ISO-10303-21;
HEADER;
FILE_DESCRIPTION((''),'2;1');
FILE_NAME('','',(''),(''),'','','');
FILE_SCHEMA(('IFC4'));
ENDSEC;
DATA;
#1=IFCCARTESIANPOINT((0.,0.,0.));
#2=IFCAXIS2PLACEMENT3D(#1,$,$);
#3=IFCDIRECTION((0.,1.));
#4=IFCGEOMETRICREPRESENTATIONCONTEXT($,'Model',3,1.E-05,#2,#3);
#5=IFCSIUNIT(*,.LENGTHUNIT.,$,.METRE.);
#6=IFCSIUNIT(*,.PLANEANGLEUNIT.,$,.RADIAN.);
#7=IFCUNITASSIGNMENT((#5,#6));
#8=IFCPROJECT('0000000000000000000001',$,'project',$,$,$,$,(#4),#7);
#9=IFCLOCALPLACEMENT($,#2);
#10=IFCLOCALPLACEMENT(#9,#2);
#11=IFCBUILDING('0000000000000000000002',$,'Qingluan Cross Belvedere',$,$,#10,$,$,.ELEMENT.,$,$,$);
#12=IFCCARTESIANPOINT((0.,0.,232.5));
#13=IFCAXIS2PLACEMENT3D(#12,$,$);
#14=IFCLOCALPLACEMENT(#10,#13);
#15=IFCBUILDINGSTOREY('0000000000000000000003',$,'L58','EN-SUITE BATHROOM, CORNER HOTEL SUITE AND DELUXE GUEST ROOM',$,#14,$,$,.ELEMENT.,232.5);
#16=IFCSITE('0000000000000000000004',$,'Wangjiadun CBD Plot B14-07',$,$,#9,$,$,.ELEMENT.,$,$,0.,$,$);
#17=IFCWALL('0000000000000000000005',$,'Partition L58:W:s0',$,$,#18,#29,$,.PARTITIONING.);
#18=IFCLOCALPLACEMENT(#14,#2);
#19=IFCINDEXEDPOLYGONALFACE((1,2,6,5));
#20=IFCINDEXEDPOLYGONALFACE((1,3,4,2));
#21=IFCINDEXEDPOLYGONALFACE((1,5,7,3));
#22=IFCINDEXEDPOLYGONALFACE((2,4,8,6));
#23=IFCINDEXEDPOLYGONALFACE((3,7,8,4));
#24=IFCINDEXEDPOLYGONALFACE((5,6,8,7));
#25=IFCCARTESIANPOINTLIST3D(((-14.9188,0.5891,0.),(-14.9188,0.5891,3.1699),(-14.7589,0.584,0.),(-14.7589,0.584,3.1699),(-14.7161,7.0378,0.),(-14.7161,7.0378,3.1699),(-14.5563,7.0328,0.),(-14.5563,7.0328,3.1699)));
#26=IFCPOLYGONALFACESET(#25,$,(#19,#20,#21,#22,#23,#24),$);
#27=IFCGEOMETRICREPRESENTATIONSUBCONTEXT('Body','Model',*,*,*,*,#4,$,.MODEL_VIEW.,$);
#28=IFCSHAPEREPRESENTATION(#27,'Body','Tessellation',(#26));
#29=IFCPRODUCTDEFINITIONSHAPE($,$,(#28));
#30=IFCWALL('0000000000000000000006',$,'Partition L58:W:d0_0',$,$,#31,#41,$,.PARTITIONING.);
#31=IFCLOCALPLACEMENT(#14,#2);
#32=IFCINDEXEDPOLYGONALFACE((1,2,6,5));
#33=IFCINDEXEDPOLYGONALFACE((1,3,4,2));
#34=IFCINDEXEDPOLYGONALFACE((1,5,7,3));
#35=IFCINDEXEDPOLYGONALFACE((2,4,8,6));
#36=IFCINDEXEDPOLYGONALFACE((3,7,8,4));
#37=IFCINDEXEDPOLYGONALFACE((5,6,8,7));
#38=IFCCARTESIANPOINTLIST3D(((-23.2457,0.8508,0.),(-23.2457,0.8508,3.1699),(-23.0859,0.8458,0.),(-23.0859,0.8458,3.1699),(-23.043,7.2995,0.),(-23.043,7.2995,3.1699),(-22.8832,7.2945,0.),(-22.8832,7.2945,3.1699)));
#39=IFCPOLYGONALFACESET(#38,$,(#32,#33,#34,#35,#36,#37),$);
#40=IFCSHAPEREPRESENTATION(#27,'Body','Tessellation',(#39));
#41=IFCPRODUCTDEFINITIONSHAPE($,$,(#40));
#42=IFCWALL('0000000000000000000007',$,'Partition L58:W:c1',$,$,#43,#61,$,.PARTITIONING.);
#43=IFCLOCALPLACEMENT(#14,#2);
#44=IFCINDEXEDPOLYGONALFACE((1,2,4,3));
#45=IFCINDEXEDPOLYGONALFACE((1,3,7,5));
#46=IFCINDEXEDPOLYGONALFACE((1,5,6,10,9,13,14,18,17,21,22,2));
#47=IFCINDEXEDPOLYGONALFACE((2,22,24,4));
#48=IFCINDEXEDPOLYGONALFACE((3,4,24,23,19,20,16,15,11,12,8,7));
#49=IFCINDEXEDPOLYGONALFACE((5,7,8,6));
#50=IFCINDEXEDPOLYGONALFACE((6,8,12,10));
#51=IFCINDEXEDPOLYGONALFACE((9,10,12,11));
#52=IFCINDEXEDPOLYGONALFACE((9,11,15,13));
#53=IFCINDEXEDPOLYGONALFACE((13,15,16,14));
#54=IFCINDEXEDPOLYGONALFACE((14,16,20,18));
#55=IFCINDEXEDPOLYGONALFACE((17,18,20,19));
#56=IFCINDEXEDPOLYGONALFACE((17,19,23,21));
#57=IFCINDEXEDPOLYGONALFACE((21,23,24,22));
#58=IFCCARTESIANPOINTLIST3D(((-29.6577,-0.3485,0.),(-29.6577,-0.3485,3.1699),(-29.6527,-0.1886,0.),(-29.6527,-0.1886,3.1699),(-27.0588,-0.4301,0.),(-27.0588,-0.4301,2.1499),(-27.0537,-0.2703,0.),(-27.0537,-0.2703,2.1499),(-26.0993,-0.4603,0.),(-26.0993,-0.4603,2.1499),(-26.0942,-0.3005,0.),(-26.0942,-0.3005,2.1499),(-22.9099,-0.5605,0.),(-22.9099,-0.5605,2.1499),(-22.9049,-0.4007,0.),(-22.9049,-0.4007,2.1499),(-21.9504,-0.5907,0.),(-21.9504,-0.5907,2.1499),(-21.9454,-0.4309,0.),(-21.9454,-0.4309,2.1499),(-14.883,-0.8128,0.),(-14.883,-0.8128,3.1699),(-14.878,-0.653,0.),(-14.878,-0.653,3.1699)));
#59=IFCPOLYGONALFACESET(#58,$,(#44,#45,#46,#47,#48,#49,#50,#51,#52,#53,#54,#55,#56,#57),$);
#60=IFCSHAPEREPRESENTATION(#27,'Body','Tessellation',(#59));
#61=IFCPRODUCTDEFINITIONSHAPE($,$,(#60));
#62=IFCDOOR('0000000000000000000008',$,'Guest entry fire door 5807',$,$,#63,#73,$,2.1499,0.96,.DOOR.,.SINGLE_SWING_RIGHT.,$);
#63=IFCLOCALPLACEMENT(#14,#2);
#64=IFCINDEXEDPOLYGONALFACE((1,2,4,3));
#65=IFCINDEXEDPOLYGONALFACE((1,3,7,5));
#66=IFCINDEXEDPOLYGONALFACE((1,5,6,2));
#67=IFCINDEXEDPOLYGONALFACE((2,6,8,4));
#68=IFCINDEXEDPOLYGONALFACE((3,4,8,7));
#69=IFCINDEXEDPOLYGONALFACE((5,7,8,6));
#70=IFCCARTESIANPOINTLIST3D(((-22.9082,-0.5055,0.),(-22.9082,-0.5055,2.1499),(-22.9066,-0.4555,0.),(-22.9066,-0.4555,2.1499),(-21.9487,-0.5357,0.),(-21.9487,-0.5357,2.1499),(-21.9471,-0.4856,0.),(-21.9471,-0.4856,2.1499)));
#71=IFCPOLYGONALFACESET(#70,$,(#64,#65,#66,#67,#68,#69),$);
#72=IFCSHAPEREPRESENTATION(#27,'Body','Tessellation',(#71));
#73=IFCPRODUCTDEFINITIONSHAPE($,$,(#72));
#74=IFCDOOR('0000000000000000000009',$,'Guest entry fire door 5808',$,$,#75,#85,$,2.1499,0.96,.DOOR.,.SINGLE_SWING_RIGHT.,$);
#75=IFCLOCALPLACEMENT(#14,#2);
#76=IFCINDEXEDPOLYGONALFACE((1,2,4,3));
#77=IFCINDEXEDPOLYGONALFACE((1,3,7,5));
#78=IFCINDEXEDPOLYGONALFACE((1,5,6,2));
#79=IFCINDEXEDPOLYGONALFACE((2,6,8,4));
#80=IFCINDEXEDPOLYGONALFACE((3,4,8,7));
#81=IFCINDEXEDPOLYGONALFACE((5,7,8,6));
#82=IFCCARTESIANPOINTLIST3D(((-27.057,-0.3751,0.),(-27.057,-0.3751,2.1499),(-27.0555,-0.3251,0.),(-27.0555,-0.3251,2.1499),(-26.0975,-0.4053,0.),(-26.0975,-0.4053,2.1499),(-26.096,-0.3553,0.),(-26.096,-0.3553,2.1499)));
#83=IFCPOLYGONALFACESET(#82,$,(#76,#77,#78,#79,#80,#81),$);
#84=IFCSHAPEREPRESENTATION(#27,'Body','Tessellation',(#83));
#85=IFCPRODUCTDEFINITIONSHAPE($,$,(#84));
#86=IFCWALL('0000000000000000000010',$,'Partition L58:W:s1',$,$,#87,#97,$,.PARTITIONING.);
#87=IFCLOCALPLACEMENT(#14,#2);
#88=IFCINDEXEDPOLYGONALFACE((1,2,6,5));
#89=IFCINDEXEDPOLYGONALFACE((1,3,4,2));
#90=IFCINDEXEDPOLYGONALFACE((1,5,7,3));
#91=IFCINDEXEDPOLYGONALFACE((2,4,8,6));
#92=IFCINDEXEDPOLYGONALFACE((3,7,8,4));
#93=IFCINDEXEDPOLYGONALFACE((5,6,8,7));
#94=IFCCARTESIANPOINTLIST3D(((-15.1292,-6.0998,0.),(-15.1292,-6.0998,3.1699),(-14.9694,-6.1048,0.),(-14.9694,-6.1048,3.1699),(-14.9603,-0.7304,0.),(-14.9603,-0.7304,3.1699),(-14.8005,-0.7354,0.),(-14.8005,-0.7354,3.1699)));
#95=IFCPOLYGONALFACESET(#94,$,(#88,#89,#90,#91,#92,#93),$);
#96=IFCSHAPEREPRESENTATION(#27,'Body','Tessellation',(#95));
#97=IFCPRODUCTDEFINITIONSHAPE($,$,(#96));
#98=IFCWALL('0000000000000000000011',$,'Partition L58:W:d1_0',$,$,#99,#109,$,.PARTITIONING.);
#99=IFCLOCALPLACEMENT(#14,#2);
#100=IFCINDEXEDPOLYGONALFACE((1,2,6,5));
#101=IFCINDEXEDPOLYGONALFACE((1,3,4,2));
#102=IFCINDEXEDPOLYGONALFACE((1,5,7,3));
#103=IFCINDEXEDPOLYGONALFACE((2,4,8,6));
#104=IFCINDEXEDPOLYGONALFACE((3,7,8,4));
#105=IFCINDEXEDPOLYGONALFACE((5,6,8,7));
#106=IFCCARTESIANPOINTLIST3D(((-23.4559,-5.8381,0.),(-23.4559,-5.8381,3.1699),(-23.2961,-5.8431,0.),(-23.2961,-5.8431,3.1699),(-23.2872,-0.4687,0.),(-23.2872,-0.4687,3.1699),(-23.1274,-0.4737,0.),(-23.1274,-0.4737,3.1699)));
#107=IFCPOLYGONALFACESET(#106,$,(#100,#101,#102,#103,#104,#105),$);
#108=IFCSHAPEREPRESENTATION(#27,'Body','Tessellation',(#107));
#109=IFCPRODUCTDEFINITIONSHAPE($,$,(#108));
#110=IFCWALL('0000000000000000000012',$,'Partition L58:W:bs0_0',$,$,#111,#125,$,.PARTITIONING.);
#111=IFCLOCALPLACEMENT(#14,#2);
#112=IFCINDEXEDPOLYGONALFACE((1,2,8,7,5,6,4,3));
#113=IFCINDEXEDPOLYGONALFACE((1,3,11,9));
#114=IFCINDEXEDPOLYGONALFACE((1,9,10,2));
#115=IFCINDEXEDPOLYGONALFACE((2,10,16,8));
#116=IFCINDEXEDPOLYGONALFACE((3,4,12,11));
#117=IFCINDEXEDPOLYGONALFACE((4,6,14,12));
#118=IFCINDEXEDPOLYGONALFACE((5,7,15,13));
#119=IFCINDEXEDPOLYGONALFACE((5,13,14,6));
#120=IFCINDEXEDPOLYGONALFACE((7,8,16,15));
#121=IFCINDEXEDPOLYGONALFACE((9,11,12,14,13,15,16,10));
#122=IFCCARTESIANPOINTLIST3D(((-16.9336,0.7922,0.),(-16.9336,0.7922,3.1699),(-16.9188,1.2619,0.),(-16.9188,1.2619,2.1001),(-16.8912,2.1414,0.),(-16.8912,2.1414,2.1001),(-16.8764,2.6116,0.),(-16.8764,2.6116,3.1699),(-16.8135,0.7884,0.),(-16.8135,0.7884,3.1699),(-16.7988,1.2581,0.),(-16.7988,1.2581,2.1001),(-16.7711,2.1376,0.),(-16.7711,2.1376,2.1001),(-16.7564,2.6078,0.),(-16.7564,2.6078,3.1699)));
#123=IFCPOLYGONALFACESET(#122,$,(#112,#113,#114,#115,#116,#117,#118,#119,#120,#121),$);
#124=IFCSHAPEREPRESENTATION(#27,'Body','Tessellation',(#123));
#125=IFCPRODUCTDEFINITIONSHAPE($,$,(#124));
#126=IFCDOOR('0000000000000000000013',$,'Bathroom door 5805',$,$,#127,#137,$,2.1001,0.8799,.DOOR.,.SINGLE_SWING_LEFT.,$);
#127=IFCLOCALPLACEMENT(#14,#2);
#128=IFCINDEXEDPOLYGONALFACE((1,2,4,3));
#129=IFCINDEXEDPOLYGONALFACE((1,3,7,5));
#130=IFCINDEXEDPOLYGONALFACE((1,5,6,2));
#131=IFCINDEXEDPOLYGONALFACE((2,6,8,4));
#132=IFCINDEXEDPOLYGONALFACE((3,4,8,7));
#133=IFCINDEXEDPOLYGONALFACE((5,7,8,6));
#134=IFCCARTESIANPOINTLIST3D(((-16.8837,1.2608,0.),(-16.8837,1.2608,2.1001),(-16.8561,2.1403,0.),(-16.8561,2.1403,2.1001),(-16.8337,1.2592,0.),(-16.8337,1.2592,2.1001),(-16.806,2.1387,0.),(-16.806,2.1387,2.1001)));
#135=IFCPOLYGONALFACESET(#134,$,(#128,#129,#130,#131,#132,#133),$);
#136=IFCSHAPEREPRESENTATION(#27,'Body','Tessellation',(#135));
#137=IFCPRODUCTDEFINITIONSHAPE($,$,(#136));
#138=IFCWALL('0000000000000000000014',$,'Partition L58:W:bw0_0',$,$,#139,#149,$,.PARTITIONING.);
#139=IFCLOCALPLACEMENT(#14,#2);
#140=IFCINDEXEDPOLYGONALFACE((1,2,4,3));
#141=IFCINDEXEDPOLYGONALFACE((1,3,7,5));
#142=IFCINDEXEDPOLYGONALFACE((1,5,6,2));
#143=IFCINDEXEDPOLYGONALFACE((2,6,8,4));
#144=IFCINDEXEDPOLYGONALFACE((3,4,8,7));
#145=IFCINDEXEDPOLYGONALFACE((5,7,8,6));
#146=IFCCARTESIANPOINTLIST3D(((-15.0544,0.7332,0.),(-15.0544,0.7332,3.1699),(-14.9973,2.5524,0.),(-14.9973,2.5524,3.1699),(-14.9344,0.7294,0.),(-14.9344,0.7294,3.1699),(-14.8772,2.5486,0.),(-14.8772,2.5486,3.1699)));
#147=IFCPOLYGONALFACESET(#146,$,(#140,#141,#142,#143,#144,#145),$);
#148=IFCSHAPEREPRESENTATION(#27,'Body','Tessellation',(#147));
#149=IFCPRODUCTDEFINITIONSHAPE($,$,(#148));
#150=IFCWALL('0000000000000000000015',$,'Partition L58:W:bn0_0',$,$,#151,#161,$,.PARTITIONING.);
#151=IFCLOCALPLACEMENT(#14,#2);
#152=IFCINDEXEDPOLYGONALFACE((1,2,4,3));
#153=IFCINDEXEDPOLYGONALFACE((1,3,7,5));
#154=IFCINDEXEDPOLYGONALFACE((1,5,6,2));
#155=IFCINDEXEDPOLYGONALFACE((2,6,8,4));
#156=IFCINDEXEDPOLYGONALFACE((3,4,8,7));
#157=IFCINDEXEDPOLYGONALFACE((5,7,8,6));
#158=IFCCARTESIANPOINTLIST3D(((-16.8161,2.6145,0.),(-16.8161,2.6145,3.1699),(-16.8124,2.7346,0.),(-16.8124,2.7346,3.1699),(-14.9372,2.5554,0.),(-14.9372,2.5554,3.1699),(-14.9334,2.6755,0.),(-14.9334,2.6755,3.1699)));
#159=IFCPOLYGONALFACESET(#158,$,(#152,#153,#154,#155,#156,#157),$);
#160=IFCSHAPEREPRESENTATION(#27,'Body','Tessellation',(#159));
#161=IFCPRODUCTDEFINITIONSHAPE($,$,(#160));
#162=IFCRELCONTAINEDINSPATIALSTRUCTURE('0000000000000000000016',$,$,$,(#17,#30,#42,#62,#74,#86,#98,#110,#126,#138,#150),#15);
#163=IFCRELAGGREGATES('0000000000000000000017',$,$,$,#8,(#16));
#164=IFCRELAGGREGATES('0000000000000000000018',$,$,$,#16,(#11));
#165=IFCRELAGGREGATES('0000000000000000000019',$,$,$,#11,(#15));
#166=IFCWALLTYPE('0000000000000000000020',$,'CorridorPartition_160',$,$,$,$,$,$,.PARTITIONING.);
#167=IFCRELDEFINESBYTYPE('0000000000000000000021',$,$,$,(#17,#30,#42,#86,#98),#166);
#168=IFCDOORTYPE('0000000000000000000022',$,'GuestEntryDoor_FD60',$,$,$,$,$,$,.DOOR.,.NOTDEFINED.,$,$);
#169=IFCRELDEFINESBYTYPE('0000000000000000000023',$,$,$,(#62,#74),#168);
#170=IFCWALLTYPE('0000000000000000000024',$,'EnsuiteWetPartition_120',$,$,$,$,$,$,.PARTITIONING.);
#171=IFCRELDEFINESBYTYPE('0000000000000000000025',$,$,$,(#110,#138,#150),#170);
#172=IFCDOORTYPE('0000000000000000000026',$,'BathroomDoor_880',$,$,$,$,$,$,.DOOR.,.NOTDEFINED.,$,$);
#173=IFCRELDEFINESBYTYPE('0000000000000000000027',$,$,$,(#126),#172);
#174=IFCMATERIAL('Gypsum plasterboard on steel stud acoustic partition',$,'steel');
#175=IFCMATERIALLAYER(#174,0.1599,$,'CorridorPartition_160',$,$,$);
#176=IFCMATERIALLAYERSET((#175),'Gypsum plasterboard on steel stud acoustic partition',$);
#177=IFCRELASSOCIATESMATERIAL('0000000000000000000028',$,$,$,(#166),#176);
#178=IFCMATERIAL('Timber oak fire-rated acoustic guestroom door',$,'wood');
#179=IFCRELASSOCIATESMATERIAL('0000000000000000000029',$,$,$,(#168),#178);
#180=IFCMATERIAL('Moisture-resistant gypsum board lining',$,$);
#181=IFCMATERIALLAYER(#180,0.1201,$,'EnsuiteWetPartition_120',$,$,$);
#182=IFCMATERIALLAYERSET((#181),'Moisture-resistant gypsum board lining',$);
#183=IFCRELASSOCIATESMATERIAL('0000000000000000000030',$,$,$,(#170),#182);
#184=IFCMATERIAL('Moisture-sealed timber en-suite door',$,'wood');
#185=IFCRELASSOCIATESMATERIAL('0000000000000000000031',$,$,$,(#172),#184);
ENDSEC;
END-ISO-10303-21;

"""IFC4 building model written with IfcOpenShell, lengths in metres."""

from ifc_helpers import new_model, si_unit, direction, frame, frame_2d, origin, place, context, subcontext, project, spatial, rectangle, extrude, material, layer, layer_set, type_object, element, fill, save


model = new_model("IFC4")

# Units and contexts
model_context = context("Model", 3, precision=1e-05, world=origin(), true_north=direction((0.0, 1.0)))
body_context = subcontext(model_context, "Body", "Model", "MODEL_VIEW")
ifc_project = project(units=[si_unit("LENGTHUNIT", "METRE"), si_unit("PLANEANGLEUNIT", "RADIAN")], contexts=[model_context])

# Site, building, storey
site_placement = place(None, origin())
site = spatial("IfcSite", under=ifc_project, at=site_placement, Name="Wangjiadun CBD Plot B14-07", CompositionType="ELEMENT", RefElevation=0.0)
building_placement = place(site_placement, origin())
building = spatial("IfcBuilding", under=site, at=building_placement, Name="Qingluan Cross Belvedere", CompositionType="ELEMENT")
storey_placement = place(building_placement, frame((0.0, 0.0, 232.5)))
storey = spatial("IfcBuildingStorey", under=building, at=storey_placement, Name="L58", Description="EN-SUITE BATHROOM, CORNER HOTEL SUITE AND DELUXE GUEST ROOM", CompositionType="ELEMENT", Elevation=232.5)

# Shared definitions
ifc_material_1 = material(Name="Gypsum plasterboard on steel stud acoustic partition", Category="steel")
ifc_layer_1 = layer(ifc_material_1, 0.1599, Name="CorridorPartition_160")
ifc_layer_set_1 = layer_set([ifc_layer_1], Name="Gypsum plasterboard on steel stud acoustic partition")
wall_type_1 = type_object("IfcWallType", Name="CorridorPartition_160", PredefinedType="PARTITIONING", material=ifc_layer_set_1)
ifc_material_2 = material(Name="Timber oak fire-rated acoustic guestroom door", Category="wood")
door_type_1 = type_object("IfcDoorType", Name="GuestEntryDoor_FD60", OperationType="NOTDEFINED", PredefinedType="DOOR", material=ifc_material_2)

# Walls
for number, where, z_axis, x_axis, name in (
    (1, (-14.8389, 0.5864, 0.0), (0.0, 0.0, 1.0), (0.031407, 0.999507, 0.0), "Partition L58:W:s0"),
    (2, (-23.1658, 0.8481, 0.0), (0.0, 0.0, 1.0), (0.031407, 0.999507, 0.0), "Partition L58:W:d0_0"),
):
    element("IfcWall", number, at=place(storey_placement, frame(where, z_axis=z_axis, x_axis=x_axis)), inside=storey, type_object=wall_type_1, Name=name, PredefinedType="PARTITIONING", context=body_context, shape_type="SweptSolid", body=[
        extrude(rectangle(XDim=6.4519, YDim=0.1599, at=frame_2d((3.2261, 0.0))), origin(), (0.0, 0.0, 1.0), 3.1699),
    ])

# Wall, openings, doors
wall_1_placement = place(storey_placement, frame((-14.8804, -0.7329, 0.0), z_axis=(0.0, 0.0, 1.0), x_axis=(-0.999506, 0.031414, 0.0)))
wall_1 = element("IfcWall", 3, at=wall_1_placement, inside=storey, type_object=wall_type_1, Name="Partition L58:W:c1", PredefinedType="PARTITIONING", context=body_context, shape_type="SweptSolid", body=[
    extrude(rectangle(XDim=14.782, YDim=0.1599, at=frame_2d((7.3911, 0.0))), origin(), (0.0, 0.0, 1.0), 3.1699),
])
opening_1_placement = place(wall_1_placement, frame((7.071, 0.0, 0.0)))
opening_1 = element("IfcOpeningElement", 4, at=opening_1_placement, cuts=wall_1, PredefinedType="OPENING", context=body_context, shape_type="SweptSolid", body=[
    extrude(rectangle(XDim=0.96, YDim=2.1499, at=frame_2d((0.48, 1.075))), frame((0.0, 0.0898, 0.0), z_axis=(0.0, -1.0, 0.0), x_axis=(1.0, 0.0, 0.0)), (0.0, 0.0, 1.0), 0.1799),
])
opening_2_placement = place(wall_1_placement, frame((11.2219, 0.0, 0.0)))
opening_2 = element("IfcOpeningElement", 5, at=opening_2_placement, cuts=wall_1, PredefinedType="OPENING", context=body_context, shape_type="SweptSolid", body=[
    extrude(rectangle(XDim=0.96, YDim=2.1499, at=frame_2d((0.48, 1.075))), frame((0.0, 0.0898, 0.0), z_axis=(0.0, -1.0, 0.0), x_axis=(1.0, 0.0, 0.0)), (0.0, 0.0, 1.0), 0.1799),
])
door_1_placement = place(opening_1_placement, origin())
door_1 = element("IfcDoor", 6, at=door_1_placement, inside=storey, type_object=door_type_1, Name="Guest entry fire door 5807", OperationType="SINGLE_SWING_RIGHT", OverallHeight=2.1499, OverallWidth=0.96, PredefinedType="DOOR", context=body_context, shape_type="SweptSolid", body=[
    extrude(rectangle(XDim=0.96, YDim=2.1499, at=frame_2d((0.48, 1.075))), frame((0.0, 0.0249, 0.0), z_axis=(0.0, -1.0, 0.0), x_axis=(1.0, 0.0, 0.0)), (0.0, 0.0, 1.0), 0.05),
])
fill(opening_1, door_1)
door_2_placement = place(opening_2_placement, origin())
door_2 = element("IfcDoor", 7, at=door_2_placement, inside=storey, type_object=door_type_1, Name="Guest entry fire door 5808", OperationType="SINGLE_SWING_RIGHT", OverallHeight=2.1499, OverallWidth=0.96, PredefinedType="DOOR", context=body_context, shape_type="SweptSolid", body=[
    extrude(rectangle(XDim=0.96, YDim=2.1499, at=frame_2d((0.48, 1.075))), frame((0.0, 0.0249, 0.0), z_axis=(0.0, -1.0, 0.0), x_axis=(1.0, 0.0, 0.0)), (0.0, 0.0, 1.0), 0.05),
])
fill(opening_2, door_2)

# Walls
for number, where, z_axis, x_axis, name in (
    (8, (-14.8804, -0.7329, 0.0), (0.0, 0.0, 1.0), (-0.031449, -0.999505, 0.0), "Partition L58:W:s1"),
    (9, (-23.2073, -0.4712, 0.0), (0.0, 0.0, 1.0), (-0.031404, -0.999507, 0.0), "Partition L58:W:d1_0"),
):
    element("IfcWall", number, at=place(storey_placement, frame(where, z_axis=z_axis, x_axis=x_axis)), inside=storey, type_object=wall_type_1, Name=name, PredefinedType="PARTITIONING", context=body_context, shape_type="SweptSolid", body=[
        extrude(rectangle(XDim=5.3721, YDim=0.1599, at=frame_2d((2.686, 0.0))), origin(), (0.0, 0.0, 1.0), 3.1699),
    ])

# Wall, opening, door
ifc_material_3 = material(Name="Moisture-resistant gypsum board lining")
ifc_layer_2 = layer(ifc_material_3, 0.1201, Name="EnsuiteWetPartition_120")
ifc_layer_set_2 = layer_set([ifc_layer_2], Name="Moisture-resistant gypsum board lining")
wall_type_2 = type_object("IfcWallType", Name="EnsuiteWetPartition_120", PredefinedType="PARTITIONING", material=ifc_layer_set_2)
wall_2_placement = place(storey_placement, frame((-16.8735, 0.7903, 0.0), z_axis=(0.0, 0.0, 1.0), x_axis=(0.031385, 0.999507, 0.0)))
wall_2 = element("IfcWall", 10, at=wall_2_placement, inside=storey, type_object=wall_type_2, Name="Partition L58:W:bs0_0", PredefinedType="PARTITIONING", context=body_context, shape_type="SweptSolid", body=[
    extrude(rectangle(XDim=1.8203, YDim=0.1201, at=frame_2d((0.9102, 0.0))), origin(), (0.0, 0.0, 1.0), 3.1699),
])
opening_3_placement = place(wall_2_placement, frame((0.47, 0.0, 0.0)))
opening_3 = element("IfcOpeningElement", 11, at=opening_3_placement, cuts=wall_2, PredefinedType="OPENING", context=body_context, shape_type="SweptSolid", body=[
    extrude(rectangle(XDim=0.8799, YDim=2.1001, at=frame_2d((0.4399, 1.05))), frame((0.0, 0.0701, 0.0), z_axis=(0.0, -1.0, 0.0), x_axis=(1.0, 0.0, 0.0)), (0.0, 0.0, 1.0), 0.1401),
])
ifc_material_4 = material(Name="Moisture-sealed timber en-suite door", Category="wood")
door_type_2 = type_object("IfcDoorType", Name="BathroomDoor_880", OperationType="NOTDEFINED", PredefinedType="DOOR", material=ifc_material_4)
door_3_placement = place(opening_3_placement, origin())
door_3 = element("IfcDoor", 12, at=door_3_placement, inside=storey, type_object=door_type_2, Name="Bathroom door 5805", OperationType="SINGLE_SWING_LEFT", OverallHeight=2.1001, OverallWidth=0.8799, PredefinedType="DOOR", context=body_context, shape_type="SweptSolid", body=[
    extrude(rectangle(XDim=0.8799, YDim=2.1001, at=frame_2d((0.4399, 1.05))), frame((0.0, 0.0249, 0.0), z_axis=(0.0, -1.0, 0.0), x_axis=(1.0, 0.0, 0.0)), (0.0, 0.0, 1.0), 0.05),
])
fill(opening_3, door_3)

# Walls
wall_3_placement = place(storey_placement, frame((-14.9944, 0.7312, 0.0), z_axis=(0.0, 0.0, 1.0), x_axis=(0.03139, 0.999507, 0.0)))
element("IfcWall", 13, at=wall_3_placement, inside=storey, type_object=wall_type_2, Name="Partition L58:W:bw0_0", PredefinedType="PARTITIONING", context=body_context, shape_type="SweptSolid", body=[
    extrude(rectangle(XDim=1.8201, YDim=0.1201, at=frame_2d((0.9102, 0.0))), origin(), (0.0, 0.0, 1.0), 3.1699),
])
wall_4_placement = place(storey_placement, frame((-14.9353, 2.6155, 0.0), z_axis=(0.0, 0.0, 1.0), x_axis=(-0.999506, 0.031429, 0.0)))
element("IfcWall", 14, at=wall_4_placement, inside=storey, type_object=wall_type_2, Name="Partition L58:W:bn0_0", PredefinedType="PARTITIONING", context=body_context, shape_type="SweptSolid", body=[
    extrude(rectangle(XDim=1.8799, YDim=0.1201, at=frame_2d((0.9399, 0.0))), origin(), (0.0, 0.0, 1.0), 3.1699),
])

save(model, "model.ifc")
